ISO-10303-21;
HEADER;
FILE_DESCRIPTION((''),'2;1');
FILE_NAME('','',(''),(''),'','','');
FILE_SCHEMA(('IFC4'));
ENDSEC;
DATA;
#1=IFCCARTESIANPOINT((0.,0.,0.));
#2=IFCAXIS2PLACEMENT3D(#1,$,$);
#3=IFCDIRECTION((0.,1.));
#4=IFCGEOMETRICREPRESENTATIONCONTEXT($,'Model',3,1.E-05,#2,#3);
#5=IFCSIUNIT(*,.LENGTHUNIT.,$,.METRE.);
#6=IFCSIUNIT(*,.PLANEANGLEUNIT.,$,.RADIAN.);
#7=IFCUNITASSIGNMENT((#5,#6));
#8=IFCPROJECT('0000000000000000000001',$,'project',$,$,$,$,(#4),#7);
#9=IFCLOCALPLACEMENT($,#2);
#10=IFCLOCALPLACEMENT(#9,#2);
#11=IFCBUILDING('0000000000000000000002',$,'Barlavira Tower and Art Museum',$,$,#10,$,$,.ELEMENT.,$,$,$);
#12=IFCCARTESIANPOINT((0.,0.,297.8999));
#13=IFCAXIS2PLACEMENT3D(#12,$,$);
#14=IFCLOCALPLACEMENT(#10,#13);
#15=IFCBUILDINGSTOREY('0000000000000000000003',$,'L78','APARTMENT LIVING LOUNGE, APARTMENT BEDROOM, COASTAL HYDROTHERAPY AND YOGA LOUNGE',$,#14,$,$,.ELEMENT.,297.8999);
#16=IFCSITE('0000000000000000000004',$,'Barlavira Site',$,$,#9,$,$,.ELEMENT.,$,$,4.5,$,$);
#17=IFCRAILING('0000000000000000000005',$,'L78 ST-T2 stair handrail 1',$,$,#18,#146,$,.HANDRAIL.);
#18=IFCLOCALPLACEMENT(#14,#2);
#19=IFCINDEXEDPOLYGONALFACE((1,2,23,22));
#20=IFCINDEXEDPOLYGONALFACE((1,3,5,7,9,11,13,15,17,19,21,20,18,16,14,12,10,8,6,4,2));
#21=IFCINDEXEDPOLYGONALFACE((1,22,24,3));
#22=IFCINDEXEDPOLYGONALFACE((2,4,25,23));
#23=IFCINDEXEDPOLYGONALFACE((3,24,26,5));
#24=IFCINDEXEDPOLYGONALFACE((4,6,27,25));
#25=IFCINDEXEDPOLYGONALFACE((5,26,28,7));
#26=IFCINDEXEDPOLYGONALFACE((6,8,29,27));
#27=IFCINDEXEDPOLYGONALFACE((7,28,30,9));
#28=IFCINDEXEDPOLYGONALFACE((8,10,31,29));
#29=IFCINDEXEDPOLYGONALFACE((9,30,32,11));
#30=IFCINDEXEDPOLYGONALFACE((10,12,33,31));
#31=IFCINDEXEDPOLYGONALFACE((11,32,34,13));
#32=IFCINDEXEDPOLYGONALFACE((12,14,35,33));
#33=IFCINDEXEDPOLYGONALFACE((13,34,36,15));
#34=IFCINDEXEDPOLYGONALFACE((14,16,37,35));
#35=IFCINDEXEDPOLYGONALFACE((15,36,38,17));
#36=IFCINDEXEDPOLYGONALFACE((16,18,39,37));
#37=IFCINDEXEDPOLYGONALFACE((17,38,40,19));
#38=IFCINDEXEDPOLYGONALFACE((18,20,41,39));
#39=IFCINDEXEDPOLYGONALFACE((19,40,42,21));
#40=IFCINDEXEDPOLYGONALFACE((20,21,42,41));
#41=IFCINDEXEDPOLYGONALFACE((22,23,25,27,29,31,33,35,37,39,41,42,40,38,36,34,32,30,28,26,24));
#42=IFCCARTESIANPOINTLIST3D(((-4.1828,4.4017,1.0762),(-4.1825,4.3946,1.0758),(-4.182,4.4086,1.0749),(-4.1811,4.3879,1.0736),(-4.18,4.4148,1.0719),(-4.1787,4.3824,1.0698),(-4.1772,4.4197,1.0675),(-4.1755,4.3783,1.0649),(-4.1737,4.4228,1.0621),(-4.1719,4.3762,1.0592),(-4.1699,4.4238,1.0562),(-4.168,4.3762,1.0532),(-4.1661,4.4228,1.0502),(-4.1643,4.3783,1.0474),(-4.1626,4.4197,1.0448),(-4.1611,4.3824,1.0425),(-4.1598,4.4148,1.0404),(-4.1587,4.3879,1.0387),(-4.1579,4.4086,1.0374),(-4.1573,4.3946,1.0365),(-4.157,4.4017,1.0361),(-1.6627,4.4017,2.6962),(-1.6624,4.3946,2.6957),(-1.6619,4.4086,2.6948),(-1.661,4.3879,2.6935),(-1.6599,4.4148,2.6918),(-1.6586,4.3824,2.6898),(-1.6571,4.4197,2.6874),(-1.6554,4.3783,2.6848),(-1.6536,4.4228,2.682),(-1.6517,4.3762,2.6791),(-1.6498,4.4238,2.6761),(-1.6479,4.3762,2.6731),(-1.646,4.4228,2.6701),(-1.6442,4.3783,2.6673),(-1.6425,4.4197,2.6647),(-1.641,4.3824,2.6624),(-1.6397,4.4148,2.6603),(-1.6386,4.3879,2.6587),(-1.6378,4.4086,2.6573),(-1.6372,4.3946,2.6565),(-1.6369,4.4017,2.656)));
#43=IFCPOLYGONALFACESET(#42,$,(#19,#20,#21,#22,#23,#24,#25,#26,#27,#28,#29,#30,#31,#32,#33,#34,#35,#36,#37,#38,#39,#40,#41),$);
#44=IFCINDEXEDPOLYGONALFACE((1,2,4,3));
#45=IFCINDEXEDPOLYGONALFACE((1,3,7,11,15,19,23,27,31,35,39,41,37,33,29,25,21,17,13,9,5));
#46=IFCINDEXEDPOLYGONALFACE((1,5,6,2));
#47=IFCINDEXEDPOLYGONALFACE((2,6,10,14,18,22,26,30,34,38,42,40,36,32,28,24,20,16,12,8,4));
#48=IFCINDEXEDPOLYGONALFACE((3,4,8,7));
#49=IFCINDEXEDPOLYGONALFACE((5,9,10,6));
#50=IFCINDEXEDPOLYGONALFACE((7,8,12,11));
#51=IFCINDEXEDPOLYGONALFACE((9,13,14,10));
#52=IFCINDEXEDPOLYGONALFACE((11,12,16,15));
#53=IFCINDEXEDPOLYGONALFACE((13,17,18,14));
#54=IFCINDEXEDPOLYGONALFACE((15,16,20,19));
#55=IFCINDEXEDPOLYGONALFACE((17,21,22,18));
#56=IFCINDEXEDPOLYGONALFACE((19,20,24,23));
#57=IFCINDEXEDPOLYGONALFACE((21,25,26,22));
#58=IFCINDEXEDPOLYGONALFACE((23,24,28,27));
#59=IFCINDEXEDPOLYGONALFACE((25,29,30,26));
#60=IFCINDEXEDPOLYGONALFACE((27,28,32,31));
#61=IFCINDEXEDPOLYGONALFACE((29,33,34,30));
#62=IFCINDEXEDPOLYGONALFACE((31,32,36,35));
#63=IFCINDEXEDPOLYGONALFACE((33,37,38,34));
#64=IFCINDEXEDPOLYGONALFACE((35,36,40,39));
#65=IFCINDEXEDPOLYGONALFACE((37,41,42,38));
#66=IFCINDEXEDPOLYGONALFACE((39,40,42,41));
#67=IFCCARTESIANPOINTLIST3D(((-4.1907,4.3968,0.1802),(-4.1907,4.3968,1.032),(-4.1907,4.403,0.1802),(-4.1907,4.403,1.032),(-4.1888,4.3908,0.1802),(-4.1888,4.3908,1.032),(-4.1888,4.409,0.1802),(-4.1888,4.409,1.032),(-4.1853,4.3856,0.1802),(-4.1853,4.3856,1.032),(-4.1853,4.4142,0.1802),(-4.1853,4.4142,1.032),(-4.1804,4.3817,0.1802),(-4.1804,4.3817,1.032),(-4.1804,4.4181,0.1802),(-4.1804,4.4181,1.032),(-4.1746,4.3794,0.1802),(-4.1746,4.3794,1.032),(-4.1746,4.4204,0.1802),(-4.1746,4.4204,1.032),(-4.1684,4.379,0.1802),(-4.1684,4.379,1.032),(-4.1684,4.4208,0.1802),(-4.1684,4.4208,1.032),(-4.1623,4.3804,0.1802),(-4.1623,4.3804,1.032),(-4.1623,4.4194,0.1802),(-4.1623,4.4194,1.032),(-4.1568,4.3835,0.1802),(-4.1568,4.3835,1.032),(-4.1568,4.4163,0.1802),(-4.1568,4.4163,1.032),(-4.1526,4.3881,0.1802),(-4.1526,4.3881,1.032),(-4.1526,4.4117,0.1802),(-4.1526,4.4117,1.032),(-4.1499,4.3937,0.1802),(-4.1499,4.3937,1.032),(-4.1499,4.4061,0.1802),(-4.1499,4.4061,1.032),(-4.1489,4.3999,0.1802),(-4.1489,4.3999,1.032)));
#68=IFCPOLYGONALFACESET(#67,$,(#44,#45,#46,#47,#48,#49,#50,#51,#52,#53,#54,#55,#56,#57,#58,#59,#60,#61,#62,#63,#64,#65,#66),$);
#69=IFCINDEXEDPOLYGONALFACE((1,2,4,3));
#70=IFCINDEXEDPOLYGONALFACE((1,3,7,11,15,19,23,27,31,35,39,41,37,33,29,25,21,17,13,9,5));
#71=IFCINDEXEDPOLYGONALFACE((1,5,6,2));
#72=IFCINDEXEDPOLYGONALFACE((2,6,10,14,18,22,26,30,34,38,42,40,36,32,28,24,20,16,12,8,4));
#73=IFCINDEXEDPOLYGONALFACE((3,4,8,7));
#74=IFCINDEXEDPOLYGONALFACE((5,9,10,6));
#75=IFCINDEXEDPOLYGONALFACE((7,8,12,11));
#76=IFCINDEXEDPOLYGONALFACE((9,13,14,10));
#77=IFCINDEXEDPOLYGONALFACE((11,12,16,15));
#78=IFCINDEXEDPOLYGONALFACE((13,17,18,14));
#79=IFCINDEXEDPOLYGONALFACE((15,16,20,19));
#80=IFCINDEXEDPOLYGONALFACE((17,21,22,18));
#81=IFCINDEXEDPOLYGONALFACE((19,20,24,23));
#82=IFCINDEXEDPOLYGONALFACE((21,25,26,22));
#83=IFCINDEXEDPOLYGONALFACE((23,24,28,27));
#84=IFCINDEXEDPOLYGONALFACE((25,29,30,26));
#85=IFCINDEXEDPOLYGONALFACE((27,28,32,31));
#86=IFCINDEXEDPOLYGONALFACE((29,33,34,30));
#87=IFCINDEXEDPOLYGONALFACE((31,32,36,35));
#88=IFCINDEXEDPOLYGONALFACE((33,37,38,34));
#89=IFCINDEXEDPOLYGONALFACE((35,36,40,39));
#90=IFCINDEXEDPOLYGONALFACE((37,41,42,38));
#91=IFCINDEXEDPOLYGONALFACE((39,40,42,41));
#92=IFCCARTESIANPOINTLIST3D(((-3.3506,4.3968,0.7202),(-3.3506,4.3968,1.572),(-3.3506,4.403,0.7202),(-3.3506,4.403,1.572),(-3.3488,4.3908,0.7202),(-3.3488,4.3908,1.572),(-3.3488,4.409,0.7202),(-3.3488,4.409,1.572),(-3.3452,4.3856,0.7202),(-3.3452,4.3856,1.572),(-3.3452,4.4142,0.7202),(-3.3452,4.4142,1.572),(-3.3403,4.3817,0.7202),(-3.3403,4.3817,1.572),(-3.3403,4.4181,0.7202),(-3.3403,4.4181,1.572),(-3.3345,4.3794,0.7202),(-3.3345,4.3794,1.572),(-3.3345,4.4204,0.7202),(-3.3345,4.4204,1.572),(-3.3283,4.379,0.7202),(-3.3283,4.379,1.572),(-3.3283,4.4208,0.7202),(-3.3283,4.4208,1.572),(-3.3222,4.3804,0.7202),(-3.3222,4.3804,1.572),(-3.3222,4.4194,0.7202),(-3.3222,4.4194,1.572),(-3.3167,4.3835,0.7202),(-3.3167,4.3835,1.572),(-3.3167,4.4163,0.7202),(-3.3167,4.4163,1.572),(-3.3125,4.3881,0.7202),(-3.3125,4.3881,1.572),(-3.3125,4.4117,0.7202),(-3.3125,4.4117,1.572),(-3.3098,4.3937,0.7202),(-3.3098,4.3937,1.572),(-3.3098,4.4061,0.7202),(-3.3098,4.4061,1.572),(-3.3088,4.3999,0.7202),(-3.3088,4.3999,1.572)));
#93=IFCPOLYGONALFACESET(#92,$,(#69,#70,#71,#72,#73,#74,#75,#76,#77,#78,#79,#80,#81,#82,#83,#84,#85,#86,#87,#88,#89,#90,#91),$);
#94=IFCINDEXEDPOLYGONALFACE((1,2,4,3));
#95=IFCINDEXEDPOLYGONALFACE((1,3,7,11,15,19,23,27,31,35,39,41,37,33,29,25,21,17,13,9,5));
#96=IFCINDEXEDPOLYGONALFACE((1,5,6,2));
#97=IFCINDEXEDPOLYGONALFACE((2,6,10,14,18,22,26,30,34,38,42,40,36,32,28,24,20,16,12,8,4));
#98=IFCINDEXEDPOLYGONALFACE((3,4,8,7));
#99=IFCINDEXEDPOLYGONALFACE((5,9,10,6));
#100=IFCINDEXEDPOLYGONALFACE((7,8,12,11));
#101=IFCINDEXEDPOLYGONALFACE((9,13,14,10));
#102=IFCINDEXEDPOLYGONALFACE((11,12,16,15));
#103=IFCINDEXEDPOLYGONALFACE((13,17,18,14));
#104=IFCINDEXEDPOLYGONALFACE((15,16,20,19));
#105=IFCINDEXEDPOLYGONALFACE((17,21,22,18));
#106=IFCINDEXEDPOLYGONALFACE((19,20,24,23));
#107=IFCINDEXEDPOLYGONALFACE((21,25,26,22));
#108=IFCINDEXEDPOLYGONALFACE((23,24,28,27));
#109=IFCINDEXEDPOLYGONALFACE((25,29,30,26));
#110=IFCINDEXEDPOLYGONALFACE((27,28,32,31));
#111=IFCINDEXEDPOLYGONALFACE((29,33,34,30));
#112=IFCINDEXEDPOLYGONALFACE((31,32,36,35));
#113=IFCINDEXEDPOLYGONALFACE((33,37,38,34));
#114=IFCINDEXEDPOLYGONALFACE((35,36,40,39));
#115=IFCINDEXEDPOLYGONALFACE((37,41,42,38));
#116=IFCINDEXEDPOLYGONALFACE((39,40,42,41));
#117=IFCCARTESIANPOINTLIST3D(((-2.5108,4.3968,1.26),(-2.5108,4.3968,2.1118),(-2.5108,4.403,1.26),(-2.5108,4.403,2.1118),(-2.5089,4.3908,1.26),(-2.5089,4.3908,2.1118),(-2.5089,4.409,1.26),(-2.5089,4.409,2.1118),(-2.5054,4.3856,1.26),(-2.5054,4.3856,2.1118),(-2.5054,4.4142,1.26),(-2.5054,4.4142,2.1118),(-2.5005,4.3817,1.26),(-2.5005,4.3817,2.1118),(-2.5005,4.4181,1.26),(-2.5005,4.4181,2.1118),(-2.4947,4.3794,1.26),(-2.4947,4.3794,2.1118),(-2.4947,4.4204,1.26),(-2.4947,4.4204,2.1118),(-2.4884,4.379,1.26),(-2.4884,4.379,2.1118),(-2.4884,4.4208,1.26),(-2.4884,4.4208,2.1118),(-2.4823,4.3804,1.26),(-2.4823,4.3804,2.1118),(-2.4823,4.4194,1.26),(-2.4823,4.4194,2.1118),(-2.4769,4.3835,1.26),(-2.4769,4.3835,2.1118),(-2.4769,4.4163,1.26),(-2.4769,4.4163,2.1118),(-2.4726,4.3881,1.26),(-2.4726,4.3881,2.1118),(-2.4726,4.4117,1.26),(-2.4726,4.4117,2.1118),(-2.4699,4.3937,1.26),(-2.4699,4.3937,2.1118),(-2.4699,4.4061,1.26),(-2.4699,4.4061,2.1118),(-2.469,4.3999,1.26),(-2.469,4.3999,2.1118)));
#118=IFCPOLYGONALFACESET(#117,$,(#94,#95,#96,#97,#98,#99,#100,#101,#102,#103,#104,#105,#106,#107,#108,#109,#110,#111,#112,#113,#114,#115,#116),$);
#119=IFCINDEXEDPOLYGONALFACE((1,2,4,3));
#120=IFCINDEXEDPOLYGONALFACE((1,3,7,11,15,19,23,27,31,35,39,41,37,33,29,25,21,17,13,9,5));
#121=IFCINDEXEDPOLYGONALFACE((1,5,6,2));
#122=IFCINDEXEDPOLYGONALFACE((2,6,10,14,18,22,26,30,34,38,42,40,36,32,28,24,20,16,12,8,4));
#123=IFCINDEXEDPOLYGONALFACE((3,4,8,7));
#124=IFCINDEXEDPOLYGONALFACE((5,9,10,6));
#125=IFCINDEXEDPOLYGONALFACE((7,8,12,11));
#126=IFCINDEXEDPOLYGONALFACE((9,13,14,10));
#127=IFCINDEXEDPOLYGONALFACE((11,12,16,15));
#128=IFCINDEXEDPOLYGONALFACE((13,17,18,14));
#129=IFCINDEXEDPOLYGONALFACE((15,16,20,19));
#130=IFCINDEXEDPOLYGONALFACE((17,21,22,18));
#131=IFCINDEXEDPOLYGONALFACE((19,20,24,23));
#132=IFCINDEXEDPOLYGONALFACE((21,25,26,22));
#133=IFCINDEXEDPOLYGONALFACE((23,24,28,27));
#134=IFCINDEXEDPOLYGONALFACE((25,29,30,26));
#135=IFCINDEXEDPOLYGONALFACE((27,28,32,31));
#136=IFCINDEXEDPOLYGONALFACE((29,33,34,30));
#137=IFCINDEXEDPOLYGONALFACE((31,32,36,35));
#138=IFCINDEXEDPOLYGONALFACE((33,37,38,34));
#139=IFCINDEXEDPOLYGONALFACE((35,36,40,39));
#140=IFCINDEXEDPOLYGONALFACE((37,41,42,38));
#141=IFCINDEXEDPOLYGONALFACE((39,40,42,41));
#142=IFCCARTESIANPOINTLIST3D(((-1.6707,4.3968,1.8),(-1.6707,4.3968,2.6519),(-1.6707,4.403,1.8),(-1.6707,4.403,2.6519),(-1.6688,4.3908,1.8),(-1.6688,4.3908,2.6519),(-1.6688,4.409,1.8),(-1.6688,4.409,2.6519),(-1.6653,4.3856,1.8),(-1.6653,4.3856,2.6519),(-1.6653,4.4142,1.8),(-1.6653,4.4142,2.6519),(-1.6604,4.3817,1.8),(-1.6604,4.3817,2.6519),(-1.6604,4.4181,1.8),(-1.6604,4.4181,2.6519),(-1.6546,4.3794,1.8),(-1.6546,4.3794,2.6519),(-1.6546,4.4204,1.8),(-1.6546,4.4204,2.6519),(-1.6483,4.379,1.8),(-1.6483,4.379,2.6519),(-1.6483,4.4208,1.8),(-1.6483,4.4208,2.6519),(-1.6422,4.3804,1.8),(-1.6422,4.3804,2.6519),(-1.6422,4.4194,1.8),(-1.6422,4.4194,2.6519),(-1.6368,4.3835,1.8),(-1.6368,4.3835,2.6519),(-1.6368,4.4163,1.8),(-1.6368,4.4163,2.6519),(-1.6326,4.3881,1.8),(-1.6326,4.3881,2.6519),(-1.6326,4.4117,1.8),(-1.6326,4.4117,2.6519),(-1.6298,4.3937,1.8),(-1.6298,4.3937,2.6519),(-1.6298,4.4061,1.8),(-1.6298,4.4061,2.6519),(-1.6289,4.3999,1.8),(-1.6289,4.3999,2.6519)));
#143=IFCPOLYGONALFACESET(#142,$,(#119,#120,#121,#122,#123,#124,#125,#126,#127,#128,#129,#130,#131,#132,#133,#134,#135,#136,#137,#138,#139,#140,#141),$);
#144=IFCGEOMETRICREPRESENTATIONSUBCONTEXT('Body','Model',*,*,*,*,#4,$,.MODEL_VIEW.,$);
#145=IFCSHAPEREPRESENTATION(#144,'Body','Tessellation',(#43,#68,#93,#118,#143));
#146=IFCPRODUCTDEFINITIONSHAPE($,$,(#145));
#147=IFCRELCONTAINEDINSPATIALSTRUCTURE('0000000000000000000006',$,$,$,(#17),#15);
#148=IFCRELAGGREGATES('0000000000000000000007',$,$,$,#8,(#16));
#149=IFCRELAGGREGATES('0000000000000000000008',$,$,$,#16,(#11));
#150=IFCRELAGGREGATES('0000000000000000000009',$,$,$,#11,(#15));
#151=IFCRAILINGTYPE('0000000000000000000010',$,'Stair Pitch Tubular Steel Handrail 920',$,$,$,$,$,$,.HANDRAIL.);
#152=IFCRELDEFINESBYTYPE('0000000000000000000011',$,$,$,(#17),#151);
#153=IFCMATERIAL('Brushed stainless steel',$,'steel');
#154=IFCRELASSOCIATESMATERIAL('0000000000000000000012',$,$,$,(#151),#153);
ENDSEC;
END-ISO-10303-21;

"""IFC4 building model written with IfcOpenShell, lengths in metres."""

from ifc_helpers import new_model, si_unit, direction, frame, origin, origin_2d, place, context, subcontext, project, spatial, circle, extrude, material, type_object, element, save


model = new_model("IFC4")

# Units and contexts
model_context = context("Model", 3, precision=1e-05, world=origin(), true_north=direction((0.0, 1.0)))
body_context = subcontext(model_context, "Body", "Model", "MODEL_VIEW")
ifc_project = project(units=[si_unit("LENGTHUNIT", "METRE"), si_unit("PLANEANGLEUNIT", "RADIAN")], contexts=[model_context])

# Site, building, storey
site_placement = place(None, origin())
site = spatial("IfcSite", under=ifc_project, at=site_placement, Name="Barlavira Site", CompositionType="ELEMENT", RefElevation=4.5)
building_placement = place(site_placement, origin())
building = spatial("IfcBuilding", under=site, at=building_placement, Name="Barlavira Tower and Art Museum", CompositionType="ELEMENT")
storey_placement = place(building_placement, frame((0.0, 0.0, 297.8999)))
storey = spatial("IfcBuildingStorey", under=building, at=storey_placement, Name="L78", Description="APARTMENT LIVING LOUNGE, APARTMENT BEDROOM, COASTAL HYDROTHERAPY AND YOGA LOUNGE", CompositionType="ELEMENT", Elevation=297.8999)

# Shared definitions
ifc_material_1 = material(Name="Brushed stainless steel", Category="steel")

# Railing
railing_type_1 = type_object("IfcRailingType", Name="Stair Pitch Tubular Steel Handrail 920", PredefinedType="HANDRAIL", material=ifc_material_1)
railing_1_placement = place(storey_placement, frame((-4.1699, 4.3999, 0.1802)))
element("IfcRailing", 1, at=railing_1_placement, inside=storey, type_object=railing_type_1, Name="L78 ST-T2 stair handrail 1", PredefinedType="HANDRAIL", context=body_context, shape_type="SweptSolid", body=[
    extrude(circle(Radius=0.0239, at=origin_2d()), frame((0.0, 0.0, 0.876), z_axis=(0.8412, 0.0, 0.540725), x_axis=(0.0, 1.0, 0.0)), (0.0, 0.0, 1.0), 2.9958),
    extrude(circle(Radius=0.021, at=origin_2d()), origin(), (0.0, 0.0, 1.0), 0.8518),
    extrude(circle(Radius=0.021, at=origin_2d()), frame((0.8401, 0.0, 0.54)), (0.0, 0.0, 1.0), 0.8518),
    extrude(circle(Radius=0.021, at=origin_2d()), frame((1.6799, 0.0, 1.0798)), (0.0, 0.0, 1.0), 0.8518),
    extrude(circle(Radius=0.021, at=origin_2d()), frame((2.52, 0.0, 1.6199)), (0.0, 0.0, 1.0), 0.8518),
])

save(model, "model.ifc")
